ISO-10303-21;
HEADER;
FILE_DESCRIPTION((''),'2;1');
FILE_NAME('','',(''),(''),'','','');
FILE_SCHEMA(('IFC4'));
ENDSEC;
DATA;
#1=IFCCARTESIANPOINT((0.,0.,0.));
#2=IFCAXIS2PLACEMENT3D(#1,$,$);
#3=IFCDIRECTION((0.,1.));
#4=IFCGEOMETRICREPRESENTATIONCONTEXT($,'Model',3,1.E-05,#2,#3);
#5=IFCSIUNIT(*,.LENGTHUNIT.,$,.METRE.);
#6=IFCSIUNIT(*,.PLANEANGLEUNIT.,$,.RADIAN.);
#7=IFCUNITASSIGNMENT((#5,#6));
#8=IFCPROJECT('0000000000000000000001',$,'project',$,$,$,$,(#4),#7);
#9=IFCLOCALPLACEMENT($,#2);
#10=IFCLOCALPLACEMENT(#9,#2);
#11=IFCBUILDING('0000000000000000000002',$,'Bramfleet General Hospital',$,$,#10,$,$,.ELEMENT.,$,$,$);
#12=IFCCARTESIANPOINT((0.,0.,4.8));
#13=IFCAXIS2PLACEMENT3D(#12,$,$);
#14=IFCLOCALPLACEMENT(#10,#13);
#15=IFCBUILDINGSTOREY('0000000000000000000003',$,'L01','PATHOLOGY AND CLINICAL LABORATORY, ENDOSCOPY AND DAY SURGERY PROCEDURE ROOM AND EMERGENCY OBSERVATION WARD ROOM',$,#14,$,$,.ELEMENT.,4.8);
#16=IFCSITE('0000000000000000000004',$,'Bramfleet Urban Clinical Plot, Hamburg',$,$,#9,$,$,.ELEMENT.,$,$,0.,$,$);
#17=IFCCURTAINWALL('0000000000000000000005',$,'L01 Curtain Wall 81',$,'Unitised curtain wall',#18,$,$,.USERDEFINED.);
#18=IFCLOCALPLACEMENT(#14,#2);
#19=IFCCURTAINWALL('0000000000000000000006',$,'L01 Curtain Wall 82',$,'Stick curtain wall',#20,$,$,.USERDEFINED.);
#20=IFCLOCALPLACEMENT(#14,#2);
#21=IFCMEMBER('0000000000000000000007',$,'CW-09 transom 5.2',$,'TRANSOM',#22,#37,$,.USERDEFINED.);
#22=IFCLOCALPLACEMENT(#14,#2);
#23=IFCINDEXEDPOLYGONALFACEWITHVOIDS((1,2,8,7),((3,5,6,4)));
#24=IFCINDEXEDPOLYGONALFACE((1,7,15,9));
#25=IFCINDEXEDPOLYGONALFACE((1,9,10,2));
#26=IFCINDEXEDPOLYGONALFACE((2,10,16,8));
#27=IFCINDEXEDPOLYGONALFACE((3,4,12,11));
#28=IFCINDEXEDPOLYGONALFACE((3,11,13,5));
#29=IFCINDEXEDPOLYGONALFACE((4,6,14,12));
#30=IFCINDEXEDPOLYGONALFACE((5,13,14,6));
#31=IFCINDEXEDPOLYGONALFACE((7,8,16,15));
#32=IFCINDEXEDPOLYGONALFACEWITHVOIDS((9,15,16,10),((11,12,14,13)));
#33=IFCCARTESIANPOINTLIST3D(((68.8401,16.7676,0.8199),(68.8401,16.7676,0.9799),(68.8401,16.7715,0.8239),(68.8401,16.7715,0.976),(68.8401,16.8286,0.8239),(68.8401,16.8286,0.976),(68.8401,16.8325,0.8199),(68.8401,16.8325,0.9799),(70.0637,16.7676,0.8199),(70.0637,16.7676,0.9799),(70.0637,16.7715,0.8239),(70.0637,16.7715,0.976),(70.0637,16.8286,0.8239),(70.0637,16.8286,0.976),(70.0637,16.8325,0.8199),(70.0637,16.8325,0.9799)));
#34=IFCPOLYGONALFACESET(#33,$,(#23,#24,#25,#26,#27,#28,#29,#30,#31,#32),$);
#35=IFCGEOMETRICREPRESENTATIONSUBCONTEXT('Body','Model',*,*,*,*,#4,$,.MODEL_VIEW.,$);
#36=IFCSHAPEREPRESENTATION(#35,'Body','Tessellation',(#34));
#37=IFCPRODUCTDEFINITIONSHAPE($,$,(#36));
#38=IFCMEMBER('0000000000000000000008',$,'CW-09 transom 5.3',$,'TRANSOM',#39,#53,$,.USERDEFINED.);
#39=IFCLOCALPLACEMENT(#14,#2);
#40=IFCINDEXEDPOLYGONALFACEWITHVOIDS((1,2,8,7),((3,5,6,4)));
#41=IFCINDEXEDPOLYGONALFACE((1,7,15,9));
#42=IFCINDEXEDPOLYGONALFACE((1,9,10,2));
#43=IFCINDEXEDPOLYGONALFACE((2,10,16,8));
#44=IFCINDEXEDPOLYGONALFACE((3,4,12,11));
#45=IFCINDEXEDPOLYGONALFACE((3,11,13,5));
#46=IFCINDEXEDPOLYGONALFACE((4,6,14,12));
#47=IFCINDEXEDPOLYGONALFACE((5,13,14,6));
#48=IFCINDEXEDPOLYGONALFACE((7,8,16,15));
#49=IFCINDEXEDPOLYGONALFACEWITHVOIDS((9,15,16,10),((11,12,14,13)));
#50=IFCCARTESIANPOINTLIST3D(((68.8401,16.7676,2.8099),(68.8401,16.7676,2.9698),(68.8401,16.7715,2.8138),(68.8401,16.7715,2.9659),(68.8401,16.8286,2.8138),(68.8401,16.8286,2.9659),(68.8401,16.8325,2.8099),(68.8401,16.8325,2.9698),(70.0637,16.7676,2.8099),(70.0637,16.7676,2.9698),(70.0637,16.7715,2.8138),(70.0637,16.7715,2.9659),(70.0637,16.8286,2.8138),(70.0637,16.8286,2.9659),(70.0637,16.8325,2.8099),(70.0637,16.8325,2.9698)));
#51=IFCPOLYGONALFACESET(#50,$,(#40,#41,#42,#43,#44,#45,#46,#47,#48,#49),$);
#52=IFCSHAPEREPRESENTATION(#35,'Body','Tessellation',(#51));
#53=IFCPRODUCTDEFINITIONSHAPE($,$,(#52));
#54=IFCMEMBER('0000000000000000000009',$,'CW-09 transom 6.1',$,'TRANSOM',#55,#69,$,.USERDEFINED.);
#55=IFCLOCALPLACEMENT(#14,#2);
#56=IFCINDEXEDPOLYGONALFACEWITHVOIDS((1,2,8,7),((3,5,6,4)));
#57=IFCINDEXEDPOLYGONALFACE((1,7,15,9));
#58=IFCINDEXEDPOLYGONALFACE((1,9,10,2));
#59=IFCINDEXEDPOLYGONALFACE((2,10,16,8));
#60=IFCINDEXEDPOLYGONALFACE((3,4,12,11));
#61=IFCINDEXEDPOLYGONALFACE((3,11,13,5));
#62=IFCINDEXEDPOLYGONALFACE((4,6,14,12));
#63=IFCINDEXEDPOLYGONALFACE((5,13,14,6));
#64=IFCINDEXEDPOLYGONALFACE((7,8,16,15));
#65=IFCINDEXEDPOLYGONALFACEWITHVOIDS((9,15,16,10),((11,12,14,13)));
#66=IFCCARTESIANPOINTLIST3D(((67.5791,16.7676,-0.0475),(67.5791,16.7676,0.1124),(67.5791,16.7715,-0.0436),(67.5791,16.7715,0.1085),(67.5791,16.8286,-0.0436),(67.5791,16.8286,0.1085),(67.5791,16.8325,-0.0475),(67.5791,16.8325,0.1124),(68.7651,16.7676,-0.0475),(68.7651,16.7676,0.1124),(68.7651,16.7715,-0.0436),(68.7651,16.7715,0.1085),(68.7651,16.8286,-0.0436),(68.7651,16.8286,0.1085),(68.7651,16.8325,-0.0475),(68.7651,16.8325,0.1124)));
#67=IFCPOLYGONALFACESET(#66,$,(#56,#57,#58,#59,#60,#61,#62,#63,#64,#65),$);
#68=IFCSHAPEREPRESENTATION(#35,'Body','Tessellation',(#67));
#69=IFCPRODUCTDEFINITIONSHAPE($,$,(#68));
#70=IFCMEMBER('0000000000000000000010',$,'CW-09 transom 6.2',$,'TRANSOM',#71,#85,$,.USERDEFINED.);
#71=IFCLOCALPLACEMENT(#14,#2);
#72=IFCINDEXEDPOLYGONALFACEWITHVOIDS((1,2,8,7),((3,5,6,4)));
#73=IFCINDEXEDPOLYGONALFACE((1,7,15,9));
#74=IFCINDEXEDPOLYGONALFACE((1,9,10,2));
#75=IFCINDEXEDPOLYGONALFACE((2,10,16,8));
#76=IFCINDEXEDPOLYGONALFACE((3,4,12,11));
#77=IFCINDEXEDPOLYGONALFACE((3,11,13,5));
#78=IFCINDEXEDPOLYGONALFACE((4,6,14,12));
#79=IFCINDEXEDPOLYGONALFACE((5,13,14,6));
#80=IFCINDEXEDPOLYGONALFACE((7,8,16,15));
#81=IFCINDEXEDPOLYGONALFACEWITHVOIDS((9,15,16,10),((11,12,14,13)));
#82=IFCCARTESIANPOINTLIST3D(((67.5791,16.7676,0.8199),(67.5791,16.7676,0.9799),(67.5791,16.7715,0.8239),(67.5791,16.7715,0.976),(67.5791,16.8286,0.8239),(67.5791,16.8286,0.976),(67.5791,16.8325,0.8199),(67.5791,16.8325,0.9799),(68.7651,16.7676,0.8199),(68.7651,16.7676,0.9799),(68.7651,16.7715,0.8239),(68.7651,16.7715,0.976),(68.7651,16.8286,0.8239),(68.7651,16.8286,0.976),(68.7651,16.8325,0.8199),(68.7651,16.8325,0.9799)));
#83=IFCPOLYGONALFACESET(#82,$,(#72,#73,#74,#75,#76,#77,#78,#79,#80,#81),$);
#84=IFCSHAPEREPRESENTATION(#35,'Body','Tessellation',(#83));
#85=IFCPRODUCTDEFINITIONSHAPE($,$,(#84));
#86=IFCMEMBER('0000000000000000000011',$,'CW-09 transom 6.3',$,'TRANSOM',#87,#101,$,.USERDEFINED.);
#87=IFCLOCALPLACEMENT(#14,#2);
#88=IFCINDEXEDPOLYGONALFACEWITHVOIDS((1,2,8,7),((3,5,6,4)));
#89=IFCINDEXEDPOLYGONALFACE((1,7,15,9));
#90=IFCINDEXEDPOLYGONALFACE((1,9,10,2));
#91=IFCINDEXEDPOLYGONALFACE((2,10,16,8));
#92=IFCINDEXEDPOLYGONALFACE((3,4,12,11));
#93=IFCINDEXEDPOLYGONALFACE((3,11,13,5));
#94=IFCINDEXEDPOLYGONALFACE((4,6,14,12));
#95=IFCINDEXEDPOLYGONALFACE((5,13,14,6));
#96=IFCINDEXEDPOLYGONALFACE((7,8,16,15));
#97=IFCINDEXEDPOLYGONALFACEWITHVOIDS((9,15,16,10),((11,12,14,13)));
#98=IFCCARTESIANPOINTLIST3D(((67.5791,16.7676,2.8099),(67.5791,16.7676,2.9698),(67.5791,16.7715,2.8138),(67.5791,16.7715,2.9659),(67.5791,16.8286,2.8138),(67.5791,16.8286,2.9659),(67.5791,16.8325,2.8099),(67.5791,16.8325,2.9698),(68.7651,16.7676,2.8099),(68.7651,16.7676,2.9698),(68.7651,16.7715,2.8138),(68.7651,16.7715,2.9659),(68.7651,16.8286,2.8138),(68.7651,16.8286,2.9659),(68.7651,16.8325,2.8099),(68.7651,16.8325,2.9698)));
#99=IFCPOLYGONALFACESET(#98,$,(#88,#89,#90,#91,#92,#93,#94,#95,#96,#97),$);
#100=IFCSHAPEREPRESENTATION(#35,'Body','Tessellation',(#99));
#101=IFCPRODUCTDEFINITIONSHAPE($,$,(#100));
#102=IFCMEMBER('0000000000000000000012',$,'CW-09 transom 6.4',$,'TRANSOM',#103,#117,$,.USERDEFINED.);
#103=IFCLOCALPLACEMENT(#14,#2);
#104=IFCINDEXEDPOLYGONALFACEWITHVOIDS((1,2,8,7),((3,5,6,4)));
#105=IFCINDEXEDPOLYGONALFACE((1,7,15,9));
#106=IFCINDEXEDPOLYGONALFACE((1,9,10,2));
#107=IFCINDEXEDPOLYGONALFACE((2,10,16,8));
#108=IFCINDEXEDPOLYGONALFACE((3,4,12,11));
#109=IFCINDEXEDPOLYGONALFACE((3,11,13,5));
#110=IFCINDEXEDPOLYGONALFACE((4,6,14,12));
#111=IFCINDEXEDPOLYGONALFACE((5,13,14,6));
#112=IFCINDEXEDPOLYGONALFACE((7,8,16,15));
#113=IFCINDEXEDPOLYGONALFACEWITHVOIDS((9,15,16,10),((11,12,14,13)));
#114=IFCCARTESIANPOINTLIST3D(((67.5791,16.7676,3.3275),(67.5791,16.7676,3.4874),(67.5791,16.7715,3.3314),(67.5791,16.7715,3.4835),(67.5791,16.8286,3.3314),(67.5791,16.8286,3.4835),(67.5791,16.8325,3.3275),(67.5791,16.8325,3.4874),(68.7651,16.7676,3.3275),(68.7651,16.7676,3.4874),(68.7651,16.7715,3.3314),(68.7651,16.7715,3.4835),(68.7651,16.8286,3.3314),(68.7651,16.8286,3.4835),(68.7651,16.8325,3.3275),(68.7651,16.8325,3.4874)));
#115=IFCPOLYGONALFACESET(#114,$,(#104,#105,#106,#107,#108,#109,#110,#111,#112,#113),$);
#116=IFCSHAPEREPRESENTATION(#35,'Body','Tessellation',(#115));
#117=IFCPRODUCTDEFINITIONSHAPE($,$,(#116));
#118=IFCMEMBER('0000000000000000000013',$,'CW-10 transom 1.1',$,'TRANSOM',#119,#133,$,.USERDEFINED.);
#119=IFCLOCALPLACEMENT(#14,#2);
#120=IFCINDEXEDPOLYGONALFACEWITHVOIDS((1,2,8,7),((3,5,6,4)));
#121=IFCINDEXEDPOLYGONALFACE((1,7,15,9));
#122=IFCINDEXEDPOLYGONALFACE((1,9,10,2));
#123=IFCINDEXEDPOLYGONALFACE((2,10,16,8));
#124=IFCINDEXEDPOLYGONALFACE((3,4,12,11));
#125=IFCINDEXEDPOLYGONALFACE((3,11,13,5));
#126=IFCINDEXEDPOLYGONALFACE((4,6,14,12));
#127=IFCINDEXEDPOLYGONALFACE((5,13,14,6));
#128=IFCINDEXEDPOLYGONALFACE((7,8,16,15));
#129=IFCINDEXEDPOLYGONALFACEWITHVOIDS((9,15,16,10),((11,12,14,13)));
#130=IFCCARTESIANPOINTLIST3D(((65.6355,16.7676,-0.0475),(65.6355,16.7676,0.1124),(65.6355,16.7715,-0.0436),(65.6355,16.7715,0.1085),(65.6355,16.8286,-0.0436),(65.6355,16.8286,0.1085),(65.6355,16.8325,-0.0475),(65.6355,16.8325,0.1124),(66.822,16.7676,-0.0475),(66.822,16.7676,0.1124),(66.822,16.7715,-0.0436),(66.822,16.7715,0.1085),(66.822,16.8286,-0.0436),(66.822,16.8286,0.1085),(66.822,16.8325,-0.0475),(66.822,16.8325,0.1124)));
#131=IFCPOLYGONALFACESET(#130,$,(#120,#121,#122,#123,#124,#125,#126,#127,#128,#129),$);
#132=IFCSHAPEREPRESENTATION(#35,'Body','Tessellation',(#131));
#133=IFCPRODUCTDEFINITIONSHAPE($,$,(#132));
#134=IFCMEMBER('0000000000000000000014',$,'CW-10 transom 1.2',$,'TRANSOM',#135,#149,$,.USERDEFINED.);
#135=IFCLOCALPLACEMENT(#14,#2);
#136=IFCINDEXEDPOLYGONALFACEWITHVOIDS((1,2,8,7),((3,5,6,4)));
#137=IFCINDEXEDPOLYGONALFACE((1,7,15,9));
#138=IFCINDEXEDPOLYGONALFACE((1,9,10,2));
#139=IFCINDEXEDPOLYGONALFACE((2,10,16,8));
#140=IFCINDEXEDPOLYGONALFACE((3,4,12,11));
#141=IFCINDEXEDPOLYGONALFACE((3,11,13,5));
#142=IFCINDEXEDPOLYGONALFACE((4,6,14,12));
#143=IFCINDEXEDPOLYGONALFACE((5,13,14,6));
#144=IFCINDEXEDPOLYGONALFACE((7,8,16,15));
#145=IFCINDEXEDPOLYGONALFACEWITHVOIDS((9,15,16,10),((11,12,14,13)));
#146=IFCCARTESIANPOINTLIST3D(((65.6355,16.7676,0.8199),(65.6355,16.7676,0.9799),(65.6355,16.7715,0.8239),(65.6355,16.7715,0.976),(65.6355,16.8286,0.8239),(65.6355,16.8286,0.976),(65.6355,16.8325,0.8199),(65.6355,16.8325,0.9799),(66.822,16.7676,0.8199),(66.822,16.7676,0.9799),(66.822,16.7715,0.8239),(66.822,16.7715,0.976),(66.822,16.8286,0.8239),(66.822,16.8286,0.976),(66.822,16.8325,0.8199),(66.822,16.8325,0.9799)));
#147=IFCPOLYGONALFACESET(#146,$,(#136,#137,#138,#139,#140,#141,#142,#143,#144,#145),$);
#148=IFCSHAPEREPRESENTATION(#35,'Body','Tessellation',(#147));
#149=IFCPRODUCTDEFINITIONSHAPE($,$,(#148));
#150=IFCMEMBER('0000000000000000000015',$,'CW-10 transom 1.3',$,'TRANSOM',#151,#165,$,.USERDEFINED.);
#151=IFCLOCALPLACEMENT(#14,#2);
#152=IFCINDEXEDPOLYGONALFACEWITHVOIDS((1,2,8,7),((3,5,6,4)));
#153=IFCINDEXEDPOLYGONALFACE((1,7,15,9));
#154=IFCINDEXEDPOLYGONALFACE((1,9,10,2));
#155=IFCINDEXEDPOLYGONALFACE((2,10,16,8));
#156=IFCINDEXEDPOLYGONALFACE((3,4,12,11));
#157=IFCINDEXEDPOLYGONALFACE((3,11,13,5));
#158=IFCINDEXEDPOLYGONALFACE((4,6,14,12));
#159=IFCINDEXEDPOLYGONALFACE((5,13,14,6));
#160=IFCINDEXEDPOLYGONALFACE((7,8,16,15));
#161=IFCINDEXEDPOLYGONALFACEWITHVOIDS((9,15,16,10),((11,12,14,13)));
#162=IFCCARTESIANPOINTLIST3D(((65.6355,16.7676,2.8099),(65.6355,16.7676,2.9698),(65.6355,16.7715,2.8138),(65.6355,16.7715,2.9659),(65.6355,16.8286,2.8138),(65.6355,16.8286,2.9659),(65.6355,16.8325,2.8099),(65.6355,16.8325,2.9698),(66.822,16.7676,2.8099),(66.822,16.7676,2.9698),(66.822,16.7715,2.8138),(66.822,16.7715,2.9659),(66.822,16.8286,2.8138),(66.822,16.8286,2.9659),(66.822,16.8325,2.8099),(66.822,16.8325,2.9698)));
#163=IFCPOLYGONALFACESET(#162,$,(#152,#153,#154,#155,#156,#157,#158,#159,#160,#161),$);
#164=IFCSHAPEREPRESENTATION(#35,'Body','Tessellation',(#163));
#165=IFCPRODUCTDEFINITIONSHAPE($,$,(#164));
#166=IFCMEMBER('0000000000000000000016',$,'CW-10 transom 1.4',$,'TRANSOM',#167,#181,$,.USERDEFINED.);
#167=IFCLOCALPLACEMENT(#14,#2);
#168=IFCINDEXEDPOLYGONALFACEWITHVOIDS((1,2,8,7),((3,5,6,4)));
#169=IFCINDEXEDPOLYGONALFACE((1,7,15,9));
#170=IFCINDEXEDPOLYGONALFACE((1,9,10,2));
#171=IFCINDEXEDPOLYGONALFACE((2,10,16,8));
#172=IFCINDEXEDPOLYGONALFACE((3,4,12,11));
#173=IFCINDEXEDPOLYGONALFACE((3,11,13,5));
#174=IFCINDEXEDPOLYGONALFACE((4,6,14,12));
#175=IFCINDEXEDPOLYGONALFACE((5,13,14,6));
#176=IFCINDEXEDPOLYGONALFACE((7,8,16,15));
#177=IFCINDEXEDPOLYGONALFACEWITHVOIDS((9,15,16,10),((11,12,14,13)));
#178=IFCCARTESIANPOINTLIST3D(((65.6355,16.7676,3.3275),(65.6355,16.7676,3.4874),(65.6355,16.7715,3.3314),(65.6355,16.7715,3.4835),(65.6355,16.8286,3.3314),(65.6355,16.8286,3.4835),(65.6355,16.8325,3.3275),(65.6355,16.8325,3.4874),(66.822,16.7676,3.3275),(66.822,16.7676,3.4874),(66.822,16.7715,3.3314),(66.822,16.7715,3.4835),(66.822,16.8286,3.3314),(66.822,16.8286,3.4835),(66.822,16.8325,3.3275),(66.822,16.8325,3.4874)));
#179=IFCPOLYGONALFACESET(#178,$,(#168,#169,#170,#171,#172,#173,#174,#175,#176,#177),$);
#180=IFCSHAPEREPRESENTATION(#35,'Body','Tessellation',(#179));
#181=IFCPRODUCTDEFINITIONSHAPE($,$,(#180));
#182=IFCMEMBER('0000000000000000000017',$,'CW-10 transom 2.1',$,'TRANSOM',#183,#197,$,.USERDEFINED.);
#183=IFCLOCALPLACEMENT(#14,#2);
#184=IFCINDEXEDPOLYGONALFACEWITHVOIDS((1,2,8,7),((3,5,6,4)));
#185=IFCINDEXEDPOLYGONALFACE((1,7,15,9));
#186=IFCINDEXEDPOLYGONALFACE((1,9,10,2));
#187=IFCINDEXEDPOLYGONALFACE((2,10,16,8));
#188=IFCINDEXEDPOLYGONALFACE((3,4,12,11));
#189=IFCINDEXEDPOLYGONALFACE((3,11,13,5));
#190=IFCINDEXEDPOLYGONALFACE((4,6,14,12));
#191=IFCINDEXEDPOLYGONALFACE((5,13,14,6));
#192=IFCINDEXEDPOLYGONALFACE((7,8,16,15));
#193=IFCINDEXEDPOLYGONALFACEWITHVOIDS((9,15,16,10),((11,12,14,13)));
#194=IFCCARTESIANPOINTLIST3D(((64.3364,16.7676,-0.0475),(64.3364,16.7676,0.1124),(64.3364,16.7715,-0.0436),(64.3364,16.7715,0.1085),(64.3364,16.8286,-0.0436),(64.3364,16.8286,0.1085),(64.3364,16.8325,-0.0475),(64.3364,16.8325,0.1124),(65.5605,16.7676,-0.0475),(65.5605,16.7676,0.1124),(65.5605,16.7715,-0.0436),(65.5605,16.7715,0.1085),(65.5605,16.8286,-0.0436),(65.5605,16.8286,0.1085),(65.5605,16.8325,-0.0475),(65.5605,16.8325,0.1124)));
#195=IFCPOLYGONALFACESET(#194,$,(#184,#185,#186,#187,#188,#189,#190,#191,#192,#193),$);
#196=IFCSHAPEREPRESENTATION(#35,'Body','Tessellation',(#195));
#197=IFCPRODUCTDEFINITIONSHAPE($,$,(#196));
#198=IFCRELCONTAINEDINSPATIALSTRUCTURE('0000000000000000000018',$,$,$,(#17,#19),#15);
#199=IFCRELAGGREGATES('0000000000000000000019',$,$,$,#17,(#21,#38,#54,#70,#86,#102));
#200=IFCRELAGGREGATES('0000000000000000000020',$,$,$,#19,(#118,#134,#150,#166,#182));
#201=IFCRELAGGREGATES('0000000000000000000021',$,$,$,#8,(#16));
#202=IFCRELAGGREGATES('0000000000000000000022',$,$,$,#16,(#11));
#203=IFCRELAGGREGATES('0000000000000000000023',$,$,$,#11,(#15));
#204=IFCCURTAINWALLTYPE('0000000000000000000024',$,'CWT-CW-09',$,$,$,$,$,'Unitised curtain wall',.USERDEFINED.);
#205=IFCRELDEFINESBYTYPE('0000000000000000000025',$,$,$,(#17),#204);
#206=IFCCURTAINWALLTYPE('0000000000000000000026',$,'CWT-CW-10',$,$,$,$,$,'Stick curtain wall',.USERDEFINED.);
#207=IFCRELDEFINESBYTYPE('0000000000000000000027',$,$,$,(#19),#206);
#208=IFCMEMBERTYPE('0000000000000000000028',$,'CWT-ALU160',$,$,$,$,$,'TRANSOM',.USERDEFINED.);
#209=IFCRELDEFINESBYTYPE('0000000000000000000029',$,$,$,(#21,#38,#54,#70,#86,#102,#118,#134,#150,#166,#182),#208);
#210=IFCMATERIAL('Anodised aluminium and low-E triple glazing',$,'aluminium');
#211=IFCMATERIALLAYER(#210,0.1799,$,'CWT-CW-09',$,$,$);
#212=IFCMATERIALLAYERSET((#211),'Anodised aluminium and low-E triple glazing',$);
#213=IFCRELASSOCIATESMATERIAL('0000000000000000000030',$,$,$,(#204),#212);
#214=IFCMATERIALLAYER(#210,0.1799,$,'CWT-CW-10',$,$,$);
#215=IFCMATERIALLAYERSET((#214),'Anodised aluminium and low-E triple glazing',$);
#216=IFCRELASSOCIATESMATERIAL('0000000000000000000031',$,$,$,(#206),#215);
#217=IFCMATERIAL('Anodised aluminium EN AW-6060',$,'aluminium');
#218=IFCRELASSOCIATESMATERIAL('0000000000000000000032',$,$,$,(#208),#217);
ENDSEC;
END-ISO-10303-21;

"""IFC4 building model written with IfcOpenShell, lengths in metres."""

from ifc_helpers import new_model, si_unit, direction, frame, origin, origin_2d, place, context, subcontext, project, spatial, hollow_rectangle, extrude, material, layer, layer_set, material_profile, profile_set, type_object, element, aggregate, save


model = new_model("IFC4")

# Units and contexts
model_context = context("Model", 3, precision=1e-05, world=origin(), true_north=direction((0.0, 1.0)))
body_context = subcontext(model_context, "Body", "Model", "MODEL_VIEW")
ifc_project = project(units=[si_unit("LENGTHUNIT", "METRE"), si_unit("PLANEANGLEUNIT", "RADIAN")], contexts=[model_context])

# Site, building, storey
site_placement = place(None, origin())
site = spatial("IfcSite", under=ifc_project, at=site_placement, Name="Bramfleet Urban Clinical Plot, Hamburg", CompositionType="ELEMENT", RefElevation=0.0)
building_placement = place(site_placement, origin())
building = spatial("IfcBuilding", under=site, at=building_placement, Name="Bramfleet General Hospital", CompositionType="ELEMENT")
storey_placement = place(building_placement, frame((0.0, 0.0, 4.8)))
storey = spatial("IfcBuildingStorey", under=building, at=storey_placement, Name="L01", Description="PATHOLOGY AND CLINICAL LABORATORY, ENDOSCOPY AND DAY SURGERY PROCEDURE ROOM AND EMERGENCY OBSERVATION WARD ROOM", CompositionType="ELEMENT", Elevation=4.8)

# Curtain walls
ifc_material_1 = material(Name="Anodised aluminium and low-E triple glazing", Category="aluminium")
ifc_layer_1 = layer(ifc_material_1, 0.1799, Name="CWT-CW-09")
ifc_layer_set_1 = layer_set([ifc_layer_1], Name="Anodised aluminium and low-E triple glazing")
curtain_wall_type_1 = type_object("IfcCurtainWallType", Name="CWT-CW-09", ElementType="Unitised curtain wall", PredefinedType="USERDEFINED", material=ifc_layer_set_1)
curtain_wall_1_placement = place(storey_placement, origin())
curtain_wall_1 = element("IfcCurtainWall", 1, at=curtain_wall_1_placement, inside=storey, type_object=curtain_wall_type_1, Name="L01 Curtain Wall 81", ObjectType="Unitised curtain wall", PredefinedType="USERDEFINED")
ifc_material_2 = material(Name="Anodised aluminium EN AW-6060", Category="aluminium")
ifc_layer_2 = layer(ifc_material_1, 0.1799, Name="CWT-CW-10")
ifc_layer_set_2 = layer_set([ifc_layer_2], Name="Anodised aluminium and low-E triple glazing")
curtain_wall_type_2 = type_object("IfcCurtainWallType", Name="CWT-CW-10", ElementType="Stick curtain wall", PredefinedType="USERDEFINED", material=ifc_layer_set_2)
curtain_wall_2_placement = place(storey_placement, origin())
curtain_wall_2 = element("IfcCurtainWall", 2, at=curtain_wall_2_placement, inside=storey, type_object=curtain_wall_type_2, Name="L01 Curtain Wall 82", ObjectType="Stick curtain wall", PredefinedType="USERDEFINED")

# Members
ifc_material_profile_1 = material_profile(ifc_material_2, hollow_rectangle(XDim=0.0649, YDim=0.1599, WallThickness=0.0039, at=origin_2d()), Name="ALU 160x65x4.0")
ifc_profile_set_1 = profile_set([ifc_material_profile_1], Name="Anodised aluminium EN AW-6060")
member_type_1 = type_object("IfcMemberType", Name="CWT-ALU160", ElementType="TRANSOM", PredefinedType="USERDEFINED", material=ifc_profile_set_1)
member_1_placement = place(storey_placement, frame((70.0637, 16.8, 0.8999), z_axis=(-1.0, 0.0, 0.0), x_axis=(0.0, -1.0, 0.0)))
member_1 = element("IfcMember", 3, at=member_1_placement, type_object=member_type_1, Name="CW-09 transom 5.2", ObjectType="TRANSOM", PredefinedType="USERDEFINED", context=body_context, shape_type="SweptSolid", body=[
    extrude(hollow_rectangle(XDim=0.0649, YDim=0.1599, WallThickness=0.0039, at=origin_2d()), origin(), (0.0, 0.0, 1.0), 1.2236),
])
member_2_placement = place(storey_placement, frame((70.0637, 16.8, 2.8899), z_axis=(-1.0, 0.0, 0.0), x_axis=(0.0, -1.0, 0.0)))
member_2 = element("IfcMember", 4, at=member_2_placement, type_object=member_type_1, Name="CW-09 transom 5.3", ObjectType="TRANSOM", PredefinedType="USERDEFINED", context=body_context, shape_type="SweptSolid", body=[
    extrude(hollow_rectangle(XDim=0.0649, YDim=0.1599, WallThickness=0.0039, at=origin_2d()), origin(), (0.0, 0.0, 1.0), 1.2236),
])
member_3_placement = place(storey_placement, frame((68.7651, 16.8, 0.0325), z_axis=(-1.0, 0.0, 0.0), x_axis=(0.0, -1.0, 0.0)))
member_3 = element("IfcMember", 5, at=member_3_placement, type_object=member_type_1, Name="CW-09 transom 6.1", ObjectType="TRANSOM", PredefinedType="USERDEFINED", context=body_context, shape_type="SweptSolid", body=[
    extrude(hollow_rectangle(XDim=0.0649, YDim=0.1599, WallThickness=0.0039, at=origin_2d()), origin(), (0.0, 0.0, 1.0), 1.186),
])
member_4_placement = place(storey_placement, frame((68.7651, 16.8, 0.8999), z_axis=(-1.0, 0.0, 0.0), x_axis=(0.0, -1.0, 0.0)))
member_4 = element("IfcMember", 6, at=member_4_placement, type_object=member_type_1, Name="CW-09 transom 6.2", ObjectType="TRANSOM", PredefinedType="USERDEFINED", context=body_context, shape_type="SweptSolid", body=[
    extrude(hollow_rectangle(XDim=0.0649, YDim=0.1599, WallThickness=0.0039, at=origin_2d()), origin(), (0.0, 0.0, 1.0), 1.186),
])
member_5_placement = place(storey_placement, frame((68.7651, 16.8, 2.8899), z_axis=(-1.0, 0.0, 0.0), x_axis=(0.0, -1.0, 0.0)))
member_5 = element("IfcMember", 7, at=member_5_placement, type_object=member_type_1, Name="CW-09 transom 6.3", ObjectType="TRANSOM", PredefinedType="USERDEFINED", context=body_context, shape_type="SweptSolid", body=[
    extrude(hollow_rectangle(XDim=0.0649, YDim=0.1599, WallThickness=0.0039, at=origin_2d()), origin(), (0.0, 0.0, 1.0), 1.186),
])
member_6_placement = place(storey_placement, frame((68.7651, 16.8, 3.4075), z_axis=(-1.0, 0.0, 0.0), x_axis=(0.0, -1.0, 0.0)))
member_6 = element("IfcMember", 8, at=member_6_placement, type_object=member_type_1, Name="CW-09 transom 6.4", ObjectType="TRANSOM", PredefinedType="USERDEFINED", context=body_context, shape_type="SweptSolid", body=[
    extrude(hollow_rectangle(XDim=0.0649, YDim=0.1599, WallThickness=0.0039, at=origin_2d()), origin(), (0.0, 0.0, 1.0), 1.186),
])
member_7_placement = place(storey_placement, frame((66.822, 16.8, 0.0325), z_axis=(-1.0, 0.0, 0.0), x_axis=(0.0, -1.0, 0.0)))
member_7 = element("IfcMember", 9, at=member_7_placement, type_object=member_type_1, Name="CW-10 transom 1.1", ObjectType="TRANSOM", PredefinedType="USERDEFINED", context=body_context, shape_type="SweptSolid", body=[
    extrude(hollow_rectangle(XDim=0.0649, YDim=0.1599, WallThickness=0.0039, at=origin_2d()), origin(), (0.0, 0.0, 1.0), 1.1865),
])
member_8_placement = place(storey_placement, frame((66.822, 16.8, 0.8999), z_axis=(-1.0, 0.0, 0.0), x_axis=(0.0, -1.0, 0.0)))
member_8 = element("IfcMember", 10, at=member_8_placement, type_object=member_type_1, Name="CW-10 transom 1.2", ObjectType="TRANSOM", PredefinedType="USERDEFINED", context=body_context, shape_type="SweptSolid", body=[
    extrude(hollow_rectangle(XDim=0.0649, YDim=0.1599, WallThickness=0.0039, at=origin_2d()), origin(), (0.0, 0.0, 1.0), 1.1865),
])
member_9_placement = place(storey_placement, frame((66.822, 16.8, 2.8899), z_axis=(-1.0, 0.0, 0.0), x_axis=(0.0, -1.0, 0.0)))
member_9 = element("IfcMember", 11, at=member_9_placement, type_object=member_type_1, Name="CW-10 transom 1.3", ObjectType="TRANSOM", PredefinedType="USERDEFINED", context=body_context, shape_type="SweptSolid", body=[
    extrude(hollow_rectangle(XDim=0.0649, YDim=0.1599, WallThickness=0.0039, at=origin_2d()), origin(), (0.0, 0.0, 1.0), 1.1865),
])
member_10_placement = place(storey_placement, frame((66.822, 16.8, 3.4075), z_axis=(-1.0, 0.0, 0.0), x_axis=(0.0, -1.0, 0.0)))
member_10 = element("IfcMember", 12, at=member_10_placement, type_object=member_type_1, Name="CW-10 transom 1.4", ObjectType="TRANSOM", PredefinedType="USERDEFINED", context=body_context, shape_type="SweptSolid", body=[
    extrude(hollow_rectangle(XDim=0.0649, YDim=0.1599, WallThickness=0.0039, at=origin_2d()), origin(), (0.0, 0.0, 1.0), 1.1865),
])
member_11_placement = place(storey_placement, frame((65.5605, 16.8, 0.0325), z_axis=(-1.0, 0.0, 0.0), x_axis=(0.0, -1.0, 0.0)))
member_11 = element("IfcMember", 13, at=member_11_placement, type_object=member_type_1, Name="CW-10 transom 2.1", ObjectType="TRANSOM", PredefinedType="USERDEFINED", context=body_context, shape_type="SweptSolid", body=[
    extrude(hollow_rectangle(XDim=0.0649, YDim=0.1599, WallThickness=0.0039, at=origin_2d()), origin(), (0.0, 0.0, 1.0), 1.2241),
])

aggregate(curtain_wall_1, [member_1, member_2, member_3, member_4, member_5, member_6])
aggregate(curtain_wall_2, [member_7, member_8, member_9, member_10, member_11])

save(model, "model.ifc")
